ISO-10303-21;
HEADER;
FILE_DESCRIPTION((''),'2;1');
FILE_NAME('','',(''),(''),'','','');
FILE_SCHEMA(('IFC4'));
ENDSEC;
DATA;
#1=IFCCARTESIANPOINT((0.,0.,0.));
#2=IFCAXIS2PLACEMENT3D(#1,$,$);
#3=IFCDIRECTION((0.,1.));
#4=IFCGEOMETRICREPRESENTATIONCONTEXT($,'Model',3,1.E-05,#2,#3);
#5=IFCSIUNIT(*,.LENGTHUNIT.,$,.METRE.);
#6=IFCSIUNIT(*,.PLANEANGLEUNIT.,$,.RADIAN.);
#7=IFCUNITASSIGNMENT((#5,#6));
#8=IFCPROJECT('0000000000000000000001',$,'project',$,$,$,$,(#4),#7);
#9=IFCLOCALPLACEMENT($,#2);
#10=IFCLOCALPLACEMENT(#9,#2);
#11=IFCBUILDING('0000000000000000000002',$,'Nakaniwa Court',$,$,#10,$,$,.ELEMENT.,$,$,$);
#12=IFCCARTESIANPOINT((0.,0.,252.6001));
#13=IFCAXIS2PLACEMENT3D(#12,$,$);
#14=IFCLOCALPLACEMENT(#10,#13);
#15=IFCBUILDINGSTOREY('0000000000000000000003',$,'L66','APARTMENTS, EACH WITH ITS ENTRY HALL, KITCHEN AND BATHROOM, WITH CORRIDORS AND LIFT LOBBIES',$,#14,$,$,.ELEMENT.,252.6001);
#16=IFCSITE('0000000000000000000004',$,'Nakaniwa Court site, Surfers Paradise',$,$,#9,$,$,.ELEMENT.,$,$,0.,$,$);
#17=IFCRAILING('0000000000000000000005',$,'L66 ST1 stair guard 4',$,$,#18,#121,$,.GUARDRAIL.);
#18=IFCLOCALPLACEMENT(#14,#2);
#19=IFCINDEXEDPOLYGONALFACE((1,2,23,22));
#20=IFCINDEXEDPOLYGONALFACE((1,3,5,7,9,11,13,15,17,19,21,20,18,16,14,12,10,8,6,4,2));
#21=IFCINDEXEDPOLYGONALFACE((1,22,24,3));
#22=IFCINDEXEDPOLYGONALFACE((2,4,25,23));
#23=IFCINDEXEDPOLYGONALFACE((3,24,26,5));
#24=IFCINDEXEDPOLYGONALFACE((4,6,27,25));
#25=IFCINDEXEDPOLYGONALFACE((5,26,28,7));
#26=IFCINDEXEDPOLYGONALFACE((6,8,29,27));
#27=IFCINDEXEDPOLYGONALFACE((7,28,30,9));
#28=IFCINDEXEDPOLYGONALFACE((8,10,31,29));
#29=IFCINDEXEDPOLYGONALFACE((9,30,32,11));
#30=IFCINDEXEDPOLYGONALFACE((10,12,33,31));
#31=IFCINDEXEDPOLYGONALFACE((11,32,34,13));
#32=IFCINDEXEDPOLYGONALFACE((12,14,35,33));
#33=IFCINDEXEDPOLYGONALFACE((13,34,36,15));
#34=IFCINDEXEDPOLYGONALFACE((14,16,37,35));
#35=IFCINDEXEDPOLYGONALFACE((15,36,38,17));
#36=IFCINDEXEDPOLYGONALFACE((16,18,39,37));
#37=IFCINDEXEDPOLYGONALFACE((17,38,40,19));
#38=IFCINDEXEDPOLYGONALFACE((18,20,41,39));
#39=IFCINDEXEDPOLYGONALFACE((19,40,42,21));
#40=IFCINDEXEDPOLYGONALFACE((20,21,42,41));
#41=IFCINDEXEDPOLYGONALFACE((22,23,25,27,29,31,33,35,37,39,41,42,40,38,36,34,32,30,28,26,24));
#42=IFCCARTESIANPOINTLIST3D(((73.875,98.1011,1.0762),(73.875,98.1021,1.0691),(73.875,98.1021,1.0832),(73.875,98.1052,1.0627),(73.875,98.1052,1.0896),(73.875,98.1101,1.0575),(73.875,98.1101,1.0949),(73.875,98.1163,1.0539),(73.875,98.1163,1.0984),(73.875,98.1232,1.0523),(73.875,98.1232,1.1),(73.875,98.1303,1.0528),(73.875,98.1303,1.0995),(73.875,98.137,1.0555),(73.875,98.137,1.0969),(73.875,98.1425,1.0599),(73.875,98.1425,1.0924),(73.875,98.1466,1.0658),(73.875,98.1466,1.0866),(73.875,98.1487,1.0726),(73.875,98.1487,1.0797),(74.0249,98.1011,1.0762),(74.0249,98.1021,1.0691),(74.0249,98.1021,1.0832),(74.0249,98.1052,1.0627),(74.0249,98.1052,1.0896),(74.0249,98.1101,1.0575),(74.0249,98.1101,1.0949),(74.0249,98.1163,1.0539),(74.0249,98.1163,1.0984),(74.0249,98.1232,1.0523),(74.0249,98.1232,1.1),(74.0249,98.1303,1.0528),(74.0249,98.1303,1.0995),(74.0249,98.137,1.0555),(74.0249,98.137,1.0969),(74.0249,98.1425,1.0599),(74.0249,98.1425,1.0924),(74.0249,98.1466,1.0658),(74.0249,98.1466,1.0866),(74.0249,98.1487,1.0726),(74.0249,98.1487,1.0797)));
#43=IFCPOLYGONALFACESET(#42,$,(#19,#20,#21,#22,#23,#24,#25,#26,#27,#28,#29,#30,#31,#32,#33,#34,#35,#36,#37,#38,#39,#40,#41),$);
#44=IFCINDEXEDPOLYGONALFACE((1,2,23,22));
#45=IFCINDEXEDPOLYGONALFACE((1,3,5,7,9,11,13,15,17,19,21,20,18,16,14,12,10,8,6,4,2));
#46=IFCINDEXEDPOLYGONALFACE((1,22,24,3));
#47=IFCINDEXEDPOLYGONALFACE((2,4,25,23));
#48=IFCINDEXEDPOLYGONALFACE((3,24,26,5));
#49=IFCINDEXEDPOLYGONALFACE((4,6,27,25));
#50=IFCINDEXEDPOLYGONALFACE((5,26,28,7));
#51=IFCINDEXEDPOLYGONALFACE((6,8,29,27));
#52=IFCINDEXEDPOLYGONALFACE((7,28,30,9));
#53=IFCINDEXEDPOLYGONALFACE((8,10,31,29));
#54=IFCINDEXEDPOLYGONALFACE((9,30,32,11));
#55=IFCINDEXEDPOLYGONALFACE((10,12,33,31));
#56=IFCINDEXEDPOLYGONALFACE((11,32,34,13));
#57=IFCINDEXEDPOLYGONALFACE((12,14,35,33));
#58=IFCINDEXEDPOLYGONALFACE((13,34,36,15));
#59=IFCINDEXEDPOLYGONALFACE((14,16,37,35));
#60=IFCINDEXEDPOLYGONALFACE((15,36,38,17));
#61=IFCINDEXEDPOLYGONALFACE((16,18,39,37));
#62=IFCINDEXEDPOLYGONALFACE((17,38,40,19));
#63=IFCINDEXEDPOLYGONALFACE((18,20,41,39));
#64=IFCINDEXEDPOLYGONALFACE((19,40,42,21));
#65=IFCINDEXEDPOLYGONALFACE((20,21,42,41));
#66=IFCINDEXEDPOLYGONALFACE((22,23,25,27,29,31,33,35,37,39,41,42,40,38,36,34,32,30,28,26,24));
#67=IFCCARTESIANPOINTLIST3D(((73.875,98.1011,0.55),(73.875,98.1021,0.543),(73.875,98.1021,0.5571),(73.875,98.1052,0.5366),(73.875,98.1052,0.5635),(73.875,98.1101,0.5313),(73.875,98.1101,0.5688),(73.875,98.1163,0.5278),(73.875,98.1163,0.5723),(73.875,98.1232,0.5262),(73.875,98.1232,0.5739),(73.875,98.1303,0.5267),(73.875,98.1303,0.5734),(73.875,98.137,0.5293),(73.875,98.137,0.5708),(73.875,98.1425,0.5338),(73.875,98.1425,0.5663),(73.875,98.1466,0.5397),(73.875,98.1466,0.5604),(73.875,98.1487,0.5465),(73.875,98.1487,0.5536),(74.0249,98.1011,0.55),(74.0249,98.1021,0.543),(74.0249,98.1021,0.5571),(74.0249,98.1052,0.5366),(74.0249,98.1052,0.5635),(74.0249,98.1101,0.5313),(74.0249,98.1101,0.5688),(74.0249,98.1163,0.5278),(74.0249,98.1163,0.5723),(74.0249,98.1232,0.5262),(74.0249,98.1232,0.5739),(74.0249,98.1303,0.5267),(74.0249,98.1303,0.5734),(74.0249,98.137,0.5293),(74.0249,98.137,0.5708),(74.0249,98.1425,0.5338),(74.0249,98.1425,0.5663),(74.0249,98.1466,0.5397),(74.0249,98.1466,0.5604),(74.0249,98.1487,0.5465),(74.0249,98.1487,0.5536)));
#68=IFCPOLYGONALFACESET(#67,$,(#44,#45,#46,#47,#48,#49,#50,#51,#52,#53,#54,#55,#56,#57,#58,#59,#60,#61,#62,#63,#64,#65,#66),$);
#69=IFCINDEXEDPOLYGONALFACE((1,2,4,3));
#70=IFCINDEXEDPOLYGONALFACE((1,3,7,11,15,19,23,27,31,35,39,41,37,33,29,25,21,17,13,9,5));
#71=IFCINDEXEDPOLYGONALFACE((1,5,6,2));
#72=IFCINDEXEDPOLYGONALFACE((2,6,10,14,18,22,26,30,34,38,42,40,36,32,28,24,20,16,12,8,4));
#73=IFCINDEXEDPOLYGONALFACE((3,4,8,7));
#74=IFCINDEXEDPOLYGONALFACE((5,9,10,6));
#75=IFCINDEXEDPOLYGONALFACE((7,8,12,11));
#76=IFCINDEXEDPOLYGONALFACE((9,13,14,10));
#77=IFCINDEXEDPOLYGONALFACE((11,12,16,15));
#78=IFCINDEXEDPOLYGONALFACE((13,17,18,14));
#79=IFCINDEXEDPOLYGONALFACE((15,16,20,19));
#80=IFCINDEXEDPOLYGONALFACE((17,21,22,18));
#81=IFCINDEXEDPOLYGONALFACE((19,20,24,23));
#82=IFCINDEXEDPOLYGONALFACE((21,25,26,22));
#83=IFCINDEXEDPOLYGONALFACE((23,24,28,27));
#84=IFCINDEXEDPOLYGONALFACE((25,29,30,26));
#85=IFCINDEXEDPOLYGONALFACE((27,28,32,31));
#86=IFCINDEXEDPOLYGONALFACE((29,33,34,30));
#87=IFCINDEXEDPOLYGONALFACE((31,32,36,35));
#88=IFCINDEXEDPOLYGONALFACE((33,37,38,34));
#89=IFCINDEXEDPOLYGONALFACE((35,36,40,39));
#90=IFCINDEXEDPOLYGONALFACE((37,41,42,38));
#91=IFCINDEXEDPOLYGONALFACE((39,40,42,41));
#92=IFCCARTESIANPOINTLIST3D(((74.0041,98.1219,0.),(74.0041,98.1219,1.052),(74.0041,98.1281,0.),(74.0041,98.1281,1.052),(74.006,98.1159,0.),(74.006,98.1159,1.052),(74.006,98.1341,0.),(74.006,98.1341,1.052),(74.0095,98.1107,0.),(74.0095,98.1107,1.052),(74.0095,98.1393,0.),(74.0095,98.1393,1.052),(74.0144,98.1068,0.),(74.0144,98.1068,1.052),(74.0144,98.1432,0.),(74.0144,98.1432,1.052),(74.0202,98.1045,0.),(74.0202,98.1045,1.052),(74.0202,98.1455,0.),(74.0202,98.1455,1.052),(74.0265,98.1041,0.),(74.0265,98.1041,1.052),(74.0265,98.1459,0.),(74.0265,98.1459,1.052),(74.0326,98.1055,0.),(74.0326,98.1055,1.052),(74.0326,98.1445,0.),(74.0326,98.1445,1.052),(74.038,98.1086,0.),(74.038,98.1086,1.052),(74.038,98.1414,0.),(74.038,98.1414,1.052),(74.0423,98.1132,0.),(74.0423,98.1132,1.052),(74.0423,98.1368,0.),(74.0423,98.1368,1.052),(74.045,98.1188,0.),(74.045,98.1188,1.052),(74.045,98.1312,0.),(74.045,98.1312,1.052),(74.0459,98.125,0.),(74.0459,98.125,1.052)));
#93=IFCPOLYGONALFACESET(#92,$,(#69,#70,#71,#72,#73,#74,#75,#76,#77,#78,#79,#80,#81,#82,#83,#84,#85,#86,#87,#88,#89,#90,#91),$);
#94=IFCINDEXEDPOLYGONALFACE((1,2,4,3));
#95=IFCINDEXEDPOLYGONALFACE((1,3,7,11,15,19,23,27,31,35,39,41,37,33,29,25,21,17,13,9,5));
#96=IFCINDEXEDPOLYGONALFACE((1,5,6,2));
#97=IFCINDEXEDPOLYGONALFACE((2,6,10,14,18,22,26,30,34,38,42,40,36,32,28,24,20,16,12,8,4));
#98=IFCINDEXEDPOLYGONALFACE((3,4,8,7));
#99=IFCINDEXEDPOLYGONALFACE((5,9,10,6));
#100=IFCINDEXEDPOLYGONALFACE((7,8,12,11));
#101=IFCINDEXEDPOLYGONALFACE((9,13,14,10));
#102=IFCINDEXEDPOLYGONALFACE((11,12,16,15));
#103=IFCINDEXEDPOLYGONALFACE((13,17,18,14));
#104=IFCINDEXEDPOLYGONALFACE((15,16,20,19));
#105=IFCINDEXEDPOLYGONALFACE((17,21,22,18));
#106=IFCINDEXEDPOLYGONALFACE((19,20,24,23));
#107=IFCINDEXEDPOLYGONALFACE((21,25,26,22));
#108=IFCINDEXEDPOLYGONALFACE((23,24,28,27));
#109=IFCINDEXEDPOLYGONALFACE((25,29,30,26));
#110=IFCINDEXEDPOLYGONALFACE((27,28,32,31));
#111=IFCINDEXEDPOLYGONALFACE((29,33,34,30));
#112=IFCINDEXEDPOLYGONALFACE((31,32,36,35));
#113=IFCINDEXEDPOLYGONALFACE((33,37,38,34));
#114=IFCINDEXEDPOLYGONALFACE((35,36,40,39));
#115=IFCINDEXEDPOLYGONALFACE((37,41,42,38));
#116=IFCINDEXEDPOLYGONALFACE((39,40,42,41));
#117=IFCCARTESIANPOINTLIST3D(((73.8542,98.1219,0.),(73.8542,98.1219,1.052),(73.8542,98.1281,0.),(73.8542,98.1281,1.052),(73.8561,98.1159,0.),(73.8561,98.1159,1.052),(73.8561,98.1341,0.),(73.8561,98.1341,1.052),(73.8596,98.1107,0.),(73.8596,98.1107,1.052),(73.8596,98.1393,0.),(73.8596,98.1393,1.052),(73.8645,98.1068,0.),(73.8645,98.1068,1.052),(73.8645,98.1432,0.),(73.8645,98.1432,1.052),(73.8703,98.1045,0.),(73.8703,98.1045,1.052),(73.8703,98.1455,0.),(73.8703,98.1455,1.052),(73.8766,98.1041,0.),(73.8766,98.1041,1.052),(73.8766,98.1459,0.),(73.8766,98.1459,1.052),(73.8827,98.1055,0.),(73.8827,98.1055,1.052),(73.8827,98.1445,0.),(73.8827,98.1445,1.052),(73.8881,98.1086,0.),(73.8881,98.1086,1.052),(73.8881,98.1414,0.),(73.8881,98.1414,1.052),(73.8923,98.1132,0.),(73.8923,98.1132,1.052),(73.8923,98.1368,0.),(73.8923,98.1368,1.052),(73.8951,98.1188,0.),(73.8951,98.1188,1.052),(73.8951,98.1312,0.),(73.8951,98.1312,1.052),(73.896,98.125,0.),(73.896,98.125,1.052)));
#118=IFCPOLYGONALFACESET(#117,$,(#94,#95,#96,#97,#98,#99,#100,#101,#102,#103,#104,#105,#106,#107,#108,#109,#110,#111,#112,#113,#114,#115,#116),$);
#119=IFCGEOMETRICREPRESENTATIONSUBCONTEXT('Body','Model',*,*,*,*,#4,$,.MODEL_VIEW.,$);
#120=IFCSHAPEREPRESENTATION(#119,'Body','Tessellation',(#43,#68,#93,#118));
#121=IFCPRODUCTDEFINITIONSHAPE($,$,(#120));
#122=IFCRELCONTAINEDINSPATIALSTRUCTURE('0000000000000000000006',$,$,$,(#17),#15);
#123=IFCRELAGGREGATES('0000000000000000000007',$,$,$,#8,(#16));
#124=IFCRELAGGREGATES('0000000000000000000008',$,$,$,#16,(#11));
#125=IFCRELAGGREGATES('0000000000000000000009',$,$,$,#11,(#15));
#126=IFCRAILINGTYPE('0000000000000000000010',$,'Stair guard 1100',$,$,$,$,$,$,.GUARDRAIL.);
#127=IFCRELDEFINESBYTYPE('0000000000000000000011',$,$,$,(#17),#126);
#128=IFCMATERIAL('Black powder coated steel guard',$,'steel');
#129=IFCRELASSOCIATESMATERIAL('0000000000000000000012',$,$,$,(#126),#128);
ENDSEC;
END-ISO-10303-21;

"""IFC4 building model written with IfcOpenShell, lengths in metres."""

from ifc_helpers import new_model, si_unit, direction, frame, origin, origin_2d, place, context, subcontext, project, spatial, circle, extrude, material, type_object, element, save


model = new_model("IFC4")

# Units and contexts
model_context = context("Model", 3, precision=1e-05, world=origin(), true_north=direction((0.0, 1.0)))
body_context = subcontext(model_context, "Body", "Model", "MODEL_VIEW")
ifc_project = project(units=[si_unit("LENGTHUNIT", "METRE"), si_unit("PLANEANGLEUNIT", "RADIAN")], contexts=[model_context])

# Site, building, storey
site_placement = place(None, origin())
site = spatial("IfcSite", under=ifc_project, at=site_placement, Name="Nakaniwa Court site, Surfers Paradise", CompositionType="ELEMENT", RefElevation=0.0)
building_placement = place(site_placement, origin())
building = spatial("IfcBuilding", under=site, at=building_placement, Name="Nakaniwa Court", CompositionType="ELEMENT")
storey_placement = place(building_placement, frame((0.0, 0.0, 252.6001)))
storey = spatial("IfcBuildingStorey", under=building, at=storey_placement, Name="L66", Description="APARTMENTS, EACH WITH ITS ENTRY HALL, KITCHEN AND BATHROOM, WITH CORRIDORS AND LIFT LOBBIES", CompositionType="ELEMENT", Elevation=252.6001)

# Railing
ifc_material_1 = material(Name="Black powder coated steel guard", Category="steel")
railing_type_1 = type_object("IfcRailingType", Name="Stair guard 1100", PredefinedType="GUARDRAIL", material=ifc_material_1)
railing_1_placement = place(storey_placement, frame((74.0249, 98.125, 0.0)))
element("IfcRailing", 1, at=railing_1_placement, inside=storey, type_object=railing_type_1, Name="L66 ST1 stair guard 4", PredefinedType="GUARDRAIL", context=body_context, shape_type="SweptSolid", body=[
    extrude(circle(Radius=0.0239, at=origin_2d()), frame((0.0, 0.0, 1.0762), z_axis=(-1.0, 0.0, 0.0), x_axis=(0.0, -1.0, 0.0)), (0.0, 0.0, 1.0), 0.1499),
    extrude(circle(Radius=0.0239, at=origin_2d()), frame((0.0, 0.0, 0.55), z_axis=(-1.0, 0.0, 0.0), x_axis=(0.0, -1.0, 0.0)), (0.0, 0.0, 1.0), 0.1499),
    extrude(circle(Radius=0.021, at=origin_2d()), origin(), (0.0, 0.0, 1.0), 1.052),
    extrude(circle(Radius=0.021, at=origin_2d()), frame((-0.1499, 0.0, 0.0)), (0.0, 0.0, 1.0), 1.052),
])

save(model, "model.ifc")
